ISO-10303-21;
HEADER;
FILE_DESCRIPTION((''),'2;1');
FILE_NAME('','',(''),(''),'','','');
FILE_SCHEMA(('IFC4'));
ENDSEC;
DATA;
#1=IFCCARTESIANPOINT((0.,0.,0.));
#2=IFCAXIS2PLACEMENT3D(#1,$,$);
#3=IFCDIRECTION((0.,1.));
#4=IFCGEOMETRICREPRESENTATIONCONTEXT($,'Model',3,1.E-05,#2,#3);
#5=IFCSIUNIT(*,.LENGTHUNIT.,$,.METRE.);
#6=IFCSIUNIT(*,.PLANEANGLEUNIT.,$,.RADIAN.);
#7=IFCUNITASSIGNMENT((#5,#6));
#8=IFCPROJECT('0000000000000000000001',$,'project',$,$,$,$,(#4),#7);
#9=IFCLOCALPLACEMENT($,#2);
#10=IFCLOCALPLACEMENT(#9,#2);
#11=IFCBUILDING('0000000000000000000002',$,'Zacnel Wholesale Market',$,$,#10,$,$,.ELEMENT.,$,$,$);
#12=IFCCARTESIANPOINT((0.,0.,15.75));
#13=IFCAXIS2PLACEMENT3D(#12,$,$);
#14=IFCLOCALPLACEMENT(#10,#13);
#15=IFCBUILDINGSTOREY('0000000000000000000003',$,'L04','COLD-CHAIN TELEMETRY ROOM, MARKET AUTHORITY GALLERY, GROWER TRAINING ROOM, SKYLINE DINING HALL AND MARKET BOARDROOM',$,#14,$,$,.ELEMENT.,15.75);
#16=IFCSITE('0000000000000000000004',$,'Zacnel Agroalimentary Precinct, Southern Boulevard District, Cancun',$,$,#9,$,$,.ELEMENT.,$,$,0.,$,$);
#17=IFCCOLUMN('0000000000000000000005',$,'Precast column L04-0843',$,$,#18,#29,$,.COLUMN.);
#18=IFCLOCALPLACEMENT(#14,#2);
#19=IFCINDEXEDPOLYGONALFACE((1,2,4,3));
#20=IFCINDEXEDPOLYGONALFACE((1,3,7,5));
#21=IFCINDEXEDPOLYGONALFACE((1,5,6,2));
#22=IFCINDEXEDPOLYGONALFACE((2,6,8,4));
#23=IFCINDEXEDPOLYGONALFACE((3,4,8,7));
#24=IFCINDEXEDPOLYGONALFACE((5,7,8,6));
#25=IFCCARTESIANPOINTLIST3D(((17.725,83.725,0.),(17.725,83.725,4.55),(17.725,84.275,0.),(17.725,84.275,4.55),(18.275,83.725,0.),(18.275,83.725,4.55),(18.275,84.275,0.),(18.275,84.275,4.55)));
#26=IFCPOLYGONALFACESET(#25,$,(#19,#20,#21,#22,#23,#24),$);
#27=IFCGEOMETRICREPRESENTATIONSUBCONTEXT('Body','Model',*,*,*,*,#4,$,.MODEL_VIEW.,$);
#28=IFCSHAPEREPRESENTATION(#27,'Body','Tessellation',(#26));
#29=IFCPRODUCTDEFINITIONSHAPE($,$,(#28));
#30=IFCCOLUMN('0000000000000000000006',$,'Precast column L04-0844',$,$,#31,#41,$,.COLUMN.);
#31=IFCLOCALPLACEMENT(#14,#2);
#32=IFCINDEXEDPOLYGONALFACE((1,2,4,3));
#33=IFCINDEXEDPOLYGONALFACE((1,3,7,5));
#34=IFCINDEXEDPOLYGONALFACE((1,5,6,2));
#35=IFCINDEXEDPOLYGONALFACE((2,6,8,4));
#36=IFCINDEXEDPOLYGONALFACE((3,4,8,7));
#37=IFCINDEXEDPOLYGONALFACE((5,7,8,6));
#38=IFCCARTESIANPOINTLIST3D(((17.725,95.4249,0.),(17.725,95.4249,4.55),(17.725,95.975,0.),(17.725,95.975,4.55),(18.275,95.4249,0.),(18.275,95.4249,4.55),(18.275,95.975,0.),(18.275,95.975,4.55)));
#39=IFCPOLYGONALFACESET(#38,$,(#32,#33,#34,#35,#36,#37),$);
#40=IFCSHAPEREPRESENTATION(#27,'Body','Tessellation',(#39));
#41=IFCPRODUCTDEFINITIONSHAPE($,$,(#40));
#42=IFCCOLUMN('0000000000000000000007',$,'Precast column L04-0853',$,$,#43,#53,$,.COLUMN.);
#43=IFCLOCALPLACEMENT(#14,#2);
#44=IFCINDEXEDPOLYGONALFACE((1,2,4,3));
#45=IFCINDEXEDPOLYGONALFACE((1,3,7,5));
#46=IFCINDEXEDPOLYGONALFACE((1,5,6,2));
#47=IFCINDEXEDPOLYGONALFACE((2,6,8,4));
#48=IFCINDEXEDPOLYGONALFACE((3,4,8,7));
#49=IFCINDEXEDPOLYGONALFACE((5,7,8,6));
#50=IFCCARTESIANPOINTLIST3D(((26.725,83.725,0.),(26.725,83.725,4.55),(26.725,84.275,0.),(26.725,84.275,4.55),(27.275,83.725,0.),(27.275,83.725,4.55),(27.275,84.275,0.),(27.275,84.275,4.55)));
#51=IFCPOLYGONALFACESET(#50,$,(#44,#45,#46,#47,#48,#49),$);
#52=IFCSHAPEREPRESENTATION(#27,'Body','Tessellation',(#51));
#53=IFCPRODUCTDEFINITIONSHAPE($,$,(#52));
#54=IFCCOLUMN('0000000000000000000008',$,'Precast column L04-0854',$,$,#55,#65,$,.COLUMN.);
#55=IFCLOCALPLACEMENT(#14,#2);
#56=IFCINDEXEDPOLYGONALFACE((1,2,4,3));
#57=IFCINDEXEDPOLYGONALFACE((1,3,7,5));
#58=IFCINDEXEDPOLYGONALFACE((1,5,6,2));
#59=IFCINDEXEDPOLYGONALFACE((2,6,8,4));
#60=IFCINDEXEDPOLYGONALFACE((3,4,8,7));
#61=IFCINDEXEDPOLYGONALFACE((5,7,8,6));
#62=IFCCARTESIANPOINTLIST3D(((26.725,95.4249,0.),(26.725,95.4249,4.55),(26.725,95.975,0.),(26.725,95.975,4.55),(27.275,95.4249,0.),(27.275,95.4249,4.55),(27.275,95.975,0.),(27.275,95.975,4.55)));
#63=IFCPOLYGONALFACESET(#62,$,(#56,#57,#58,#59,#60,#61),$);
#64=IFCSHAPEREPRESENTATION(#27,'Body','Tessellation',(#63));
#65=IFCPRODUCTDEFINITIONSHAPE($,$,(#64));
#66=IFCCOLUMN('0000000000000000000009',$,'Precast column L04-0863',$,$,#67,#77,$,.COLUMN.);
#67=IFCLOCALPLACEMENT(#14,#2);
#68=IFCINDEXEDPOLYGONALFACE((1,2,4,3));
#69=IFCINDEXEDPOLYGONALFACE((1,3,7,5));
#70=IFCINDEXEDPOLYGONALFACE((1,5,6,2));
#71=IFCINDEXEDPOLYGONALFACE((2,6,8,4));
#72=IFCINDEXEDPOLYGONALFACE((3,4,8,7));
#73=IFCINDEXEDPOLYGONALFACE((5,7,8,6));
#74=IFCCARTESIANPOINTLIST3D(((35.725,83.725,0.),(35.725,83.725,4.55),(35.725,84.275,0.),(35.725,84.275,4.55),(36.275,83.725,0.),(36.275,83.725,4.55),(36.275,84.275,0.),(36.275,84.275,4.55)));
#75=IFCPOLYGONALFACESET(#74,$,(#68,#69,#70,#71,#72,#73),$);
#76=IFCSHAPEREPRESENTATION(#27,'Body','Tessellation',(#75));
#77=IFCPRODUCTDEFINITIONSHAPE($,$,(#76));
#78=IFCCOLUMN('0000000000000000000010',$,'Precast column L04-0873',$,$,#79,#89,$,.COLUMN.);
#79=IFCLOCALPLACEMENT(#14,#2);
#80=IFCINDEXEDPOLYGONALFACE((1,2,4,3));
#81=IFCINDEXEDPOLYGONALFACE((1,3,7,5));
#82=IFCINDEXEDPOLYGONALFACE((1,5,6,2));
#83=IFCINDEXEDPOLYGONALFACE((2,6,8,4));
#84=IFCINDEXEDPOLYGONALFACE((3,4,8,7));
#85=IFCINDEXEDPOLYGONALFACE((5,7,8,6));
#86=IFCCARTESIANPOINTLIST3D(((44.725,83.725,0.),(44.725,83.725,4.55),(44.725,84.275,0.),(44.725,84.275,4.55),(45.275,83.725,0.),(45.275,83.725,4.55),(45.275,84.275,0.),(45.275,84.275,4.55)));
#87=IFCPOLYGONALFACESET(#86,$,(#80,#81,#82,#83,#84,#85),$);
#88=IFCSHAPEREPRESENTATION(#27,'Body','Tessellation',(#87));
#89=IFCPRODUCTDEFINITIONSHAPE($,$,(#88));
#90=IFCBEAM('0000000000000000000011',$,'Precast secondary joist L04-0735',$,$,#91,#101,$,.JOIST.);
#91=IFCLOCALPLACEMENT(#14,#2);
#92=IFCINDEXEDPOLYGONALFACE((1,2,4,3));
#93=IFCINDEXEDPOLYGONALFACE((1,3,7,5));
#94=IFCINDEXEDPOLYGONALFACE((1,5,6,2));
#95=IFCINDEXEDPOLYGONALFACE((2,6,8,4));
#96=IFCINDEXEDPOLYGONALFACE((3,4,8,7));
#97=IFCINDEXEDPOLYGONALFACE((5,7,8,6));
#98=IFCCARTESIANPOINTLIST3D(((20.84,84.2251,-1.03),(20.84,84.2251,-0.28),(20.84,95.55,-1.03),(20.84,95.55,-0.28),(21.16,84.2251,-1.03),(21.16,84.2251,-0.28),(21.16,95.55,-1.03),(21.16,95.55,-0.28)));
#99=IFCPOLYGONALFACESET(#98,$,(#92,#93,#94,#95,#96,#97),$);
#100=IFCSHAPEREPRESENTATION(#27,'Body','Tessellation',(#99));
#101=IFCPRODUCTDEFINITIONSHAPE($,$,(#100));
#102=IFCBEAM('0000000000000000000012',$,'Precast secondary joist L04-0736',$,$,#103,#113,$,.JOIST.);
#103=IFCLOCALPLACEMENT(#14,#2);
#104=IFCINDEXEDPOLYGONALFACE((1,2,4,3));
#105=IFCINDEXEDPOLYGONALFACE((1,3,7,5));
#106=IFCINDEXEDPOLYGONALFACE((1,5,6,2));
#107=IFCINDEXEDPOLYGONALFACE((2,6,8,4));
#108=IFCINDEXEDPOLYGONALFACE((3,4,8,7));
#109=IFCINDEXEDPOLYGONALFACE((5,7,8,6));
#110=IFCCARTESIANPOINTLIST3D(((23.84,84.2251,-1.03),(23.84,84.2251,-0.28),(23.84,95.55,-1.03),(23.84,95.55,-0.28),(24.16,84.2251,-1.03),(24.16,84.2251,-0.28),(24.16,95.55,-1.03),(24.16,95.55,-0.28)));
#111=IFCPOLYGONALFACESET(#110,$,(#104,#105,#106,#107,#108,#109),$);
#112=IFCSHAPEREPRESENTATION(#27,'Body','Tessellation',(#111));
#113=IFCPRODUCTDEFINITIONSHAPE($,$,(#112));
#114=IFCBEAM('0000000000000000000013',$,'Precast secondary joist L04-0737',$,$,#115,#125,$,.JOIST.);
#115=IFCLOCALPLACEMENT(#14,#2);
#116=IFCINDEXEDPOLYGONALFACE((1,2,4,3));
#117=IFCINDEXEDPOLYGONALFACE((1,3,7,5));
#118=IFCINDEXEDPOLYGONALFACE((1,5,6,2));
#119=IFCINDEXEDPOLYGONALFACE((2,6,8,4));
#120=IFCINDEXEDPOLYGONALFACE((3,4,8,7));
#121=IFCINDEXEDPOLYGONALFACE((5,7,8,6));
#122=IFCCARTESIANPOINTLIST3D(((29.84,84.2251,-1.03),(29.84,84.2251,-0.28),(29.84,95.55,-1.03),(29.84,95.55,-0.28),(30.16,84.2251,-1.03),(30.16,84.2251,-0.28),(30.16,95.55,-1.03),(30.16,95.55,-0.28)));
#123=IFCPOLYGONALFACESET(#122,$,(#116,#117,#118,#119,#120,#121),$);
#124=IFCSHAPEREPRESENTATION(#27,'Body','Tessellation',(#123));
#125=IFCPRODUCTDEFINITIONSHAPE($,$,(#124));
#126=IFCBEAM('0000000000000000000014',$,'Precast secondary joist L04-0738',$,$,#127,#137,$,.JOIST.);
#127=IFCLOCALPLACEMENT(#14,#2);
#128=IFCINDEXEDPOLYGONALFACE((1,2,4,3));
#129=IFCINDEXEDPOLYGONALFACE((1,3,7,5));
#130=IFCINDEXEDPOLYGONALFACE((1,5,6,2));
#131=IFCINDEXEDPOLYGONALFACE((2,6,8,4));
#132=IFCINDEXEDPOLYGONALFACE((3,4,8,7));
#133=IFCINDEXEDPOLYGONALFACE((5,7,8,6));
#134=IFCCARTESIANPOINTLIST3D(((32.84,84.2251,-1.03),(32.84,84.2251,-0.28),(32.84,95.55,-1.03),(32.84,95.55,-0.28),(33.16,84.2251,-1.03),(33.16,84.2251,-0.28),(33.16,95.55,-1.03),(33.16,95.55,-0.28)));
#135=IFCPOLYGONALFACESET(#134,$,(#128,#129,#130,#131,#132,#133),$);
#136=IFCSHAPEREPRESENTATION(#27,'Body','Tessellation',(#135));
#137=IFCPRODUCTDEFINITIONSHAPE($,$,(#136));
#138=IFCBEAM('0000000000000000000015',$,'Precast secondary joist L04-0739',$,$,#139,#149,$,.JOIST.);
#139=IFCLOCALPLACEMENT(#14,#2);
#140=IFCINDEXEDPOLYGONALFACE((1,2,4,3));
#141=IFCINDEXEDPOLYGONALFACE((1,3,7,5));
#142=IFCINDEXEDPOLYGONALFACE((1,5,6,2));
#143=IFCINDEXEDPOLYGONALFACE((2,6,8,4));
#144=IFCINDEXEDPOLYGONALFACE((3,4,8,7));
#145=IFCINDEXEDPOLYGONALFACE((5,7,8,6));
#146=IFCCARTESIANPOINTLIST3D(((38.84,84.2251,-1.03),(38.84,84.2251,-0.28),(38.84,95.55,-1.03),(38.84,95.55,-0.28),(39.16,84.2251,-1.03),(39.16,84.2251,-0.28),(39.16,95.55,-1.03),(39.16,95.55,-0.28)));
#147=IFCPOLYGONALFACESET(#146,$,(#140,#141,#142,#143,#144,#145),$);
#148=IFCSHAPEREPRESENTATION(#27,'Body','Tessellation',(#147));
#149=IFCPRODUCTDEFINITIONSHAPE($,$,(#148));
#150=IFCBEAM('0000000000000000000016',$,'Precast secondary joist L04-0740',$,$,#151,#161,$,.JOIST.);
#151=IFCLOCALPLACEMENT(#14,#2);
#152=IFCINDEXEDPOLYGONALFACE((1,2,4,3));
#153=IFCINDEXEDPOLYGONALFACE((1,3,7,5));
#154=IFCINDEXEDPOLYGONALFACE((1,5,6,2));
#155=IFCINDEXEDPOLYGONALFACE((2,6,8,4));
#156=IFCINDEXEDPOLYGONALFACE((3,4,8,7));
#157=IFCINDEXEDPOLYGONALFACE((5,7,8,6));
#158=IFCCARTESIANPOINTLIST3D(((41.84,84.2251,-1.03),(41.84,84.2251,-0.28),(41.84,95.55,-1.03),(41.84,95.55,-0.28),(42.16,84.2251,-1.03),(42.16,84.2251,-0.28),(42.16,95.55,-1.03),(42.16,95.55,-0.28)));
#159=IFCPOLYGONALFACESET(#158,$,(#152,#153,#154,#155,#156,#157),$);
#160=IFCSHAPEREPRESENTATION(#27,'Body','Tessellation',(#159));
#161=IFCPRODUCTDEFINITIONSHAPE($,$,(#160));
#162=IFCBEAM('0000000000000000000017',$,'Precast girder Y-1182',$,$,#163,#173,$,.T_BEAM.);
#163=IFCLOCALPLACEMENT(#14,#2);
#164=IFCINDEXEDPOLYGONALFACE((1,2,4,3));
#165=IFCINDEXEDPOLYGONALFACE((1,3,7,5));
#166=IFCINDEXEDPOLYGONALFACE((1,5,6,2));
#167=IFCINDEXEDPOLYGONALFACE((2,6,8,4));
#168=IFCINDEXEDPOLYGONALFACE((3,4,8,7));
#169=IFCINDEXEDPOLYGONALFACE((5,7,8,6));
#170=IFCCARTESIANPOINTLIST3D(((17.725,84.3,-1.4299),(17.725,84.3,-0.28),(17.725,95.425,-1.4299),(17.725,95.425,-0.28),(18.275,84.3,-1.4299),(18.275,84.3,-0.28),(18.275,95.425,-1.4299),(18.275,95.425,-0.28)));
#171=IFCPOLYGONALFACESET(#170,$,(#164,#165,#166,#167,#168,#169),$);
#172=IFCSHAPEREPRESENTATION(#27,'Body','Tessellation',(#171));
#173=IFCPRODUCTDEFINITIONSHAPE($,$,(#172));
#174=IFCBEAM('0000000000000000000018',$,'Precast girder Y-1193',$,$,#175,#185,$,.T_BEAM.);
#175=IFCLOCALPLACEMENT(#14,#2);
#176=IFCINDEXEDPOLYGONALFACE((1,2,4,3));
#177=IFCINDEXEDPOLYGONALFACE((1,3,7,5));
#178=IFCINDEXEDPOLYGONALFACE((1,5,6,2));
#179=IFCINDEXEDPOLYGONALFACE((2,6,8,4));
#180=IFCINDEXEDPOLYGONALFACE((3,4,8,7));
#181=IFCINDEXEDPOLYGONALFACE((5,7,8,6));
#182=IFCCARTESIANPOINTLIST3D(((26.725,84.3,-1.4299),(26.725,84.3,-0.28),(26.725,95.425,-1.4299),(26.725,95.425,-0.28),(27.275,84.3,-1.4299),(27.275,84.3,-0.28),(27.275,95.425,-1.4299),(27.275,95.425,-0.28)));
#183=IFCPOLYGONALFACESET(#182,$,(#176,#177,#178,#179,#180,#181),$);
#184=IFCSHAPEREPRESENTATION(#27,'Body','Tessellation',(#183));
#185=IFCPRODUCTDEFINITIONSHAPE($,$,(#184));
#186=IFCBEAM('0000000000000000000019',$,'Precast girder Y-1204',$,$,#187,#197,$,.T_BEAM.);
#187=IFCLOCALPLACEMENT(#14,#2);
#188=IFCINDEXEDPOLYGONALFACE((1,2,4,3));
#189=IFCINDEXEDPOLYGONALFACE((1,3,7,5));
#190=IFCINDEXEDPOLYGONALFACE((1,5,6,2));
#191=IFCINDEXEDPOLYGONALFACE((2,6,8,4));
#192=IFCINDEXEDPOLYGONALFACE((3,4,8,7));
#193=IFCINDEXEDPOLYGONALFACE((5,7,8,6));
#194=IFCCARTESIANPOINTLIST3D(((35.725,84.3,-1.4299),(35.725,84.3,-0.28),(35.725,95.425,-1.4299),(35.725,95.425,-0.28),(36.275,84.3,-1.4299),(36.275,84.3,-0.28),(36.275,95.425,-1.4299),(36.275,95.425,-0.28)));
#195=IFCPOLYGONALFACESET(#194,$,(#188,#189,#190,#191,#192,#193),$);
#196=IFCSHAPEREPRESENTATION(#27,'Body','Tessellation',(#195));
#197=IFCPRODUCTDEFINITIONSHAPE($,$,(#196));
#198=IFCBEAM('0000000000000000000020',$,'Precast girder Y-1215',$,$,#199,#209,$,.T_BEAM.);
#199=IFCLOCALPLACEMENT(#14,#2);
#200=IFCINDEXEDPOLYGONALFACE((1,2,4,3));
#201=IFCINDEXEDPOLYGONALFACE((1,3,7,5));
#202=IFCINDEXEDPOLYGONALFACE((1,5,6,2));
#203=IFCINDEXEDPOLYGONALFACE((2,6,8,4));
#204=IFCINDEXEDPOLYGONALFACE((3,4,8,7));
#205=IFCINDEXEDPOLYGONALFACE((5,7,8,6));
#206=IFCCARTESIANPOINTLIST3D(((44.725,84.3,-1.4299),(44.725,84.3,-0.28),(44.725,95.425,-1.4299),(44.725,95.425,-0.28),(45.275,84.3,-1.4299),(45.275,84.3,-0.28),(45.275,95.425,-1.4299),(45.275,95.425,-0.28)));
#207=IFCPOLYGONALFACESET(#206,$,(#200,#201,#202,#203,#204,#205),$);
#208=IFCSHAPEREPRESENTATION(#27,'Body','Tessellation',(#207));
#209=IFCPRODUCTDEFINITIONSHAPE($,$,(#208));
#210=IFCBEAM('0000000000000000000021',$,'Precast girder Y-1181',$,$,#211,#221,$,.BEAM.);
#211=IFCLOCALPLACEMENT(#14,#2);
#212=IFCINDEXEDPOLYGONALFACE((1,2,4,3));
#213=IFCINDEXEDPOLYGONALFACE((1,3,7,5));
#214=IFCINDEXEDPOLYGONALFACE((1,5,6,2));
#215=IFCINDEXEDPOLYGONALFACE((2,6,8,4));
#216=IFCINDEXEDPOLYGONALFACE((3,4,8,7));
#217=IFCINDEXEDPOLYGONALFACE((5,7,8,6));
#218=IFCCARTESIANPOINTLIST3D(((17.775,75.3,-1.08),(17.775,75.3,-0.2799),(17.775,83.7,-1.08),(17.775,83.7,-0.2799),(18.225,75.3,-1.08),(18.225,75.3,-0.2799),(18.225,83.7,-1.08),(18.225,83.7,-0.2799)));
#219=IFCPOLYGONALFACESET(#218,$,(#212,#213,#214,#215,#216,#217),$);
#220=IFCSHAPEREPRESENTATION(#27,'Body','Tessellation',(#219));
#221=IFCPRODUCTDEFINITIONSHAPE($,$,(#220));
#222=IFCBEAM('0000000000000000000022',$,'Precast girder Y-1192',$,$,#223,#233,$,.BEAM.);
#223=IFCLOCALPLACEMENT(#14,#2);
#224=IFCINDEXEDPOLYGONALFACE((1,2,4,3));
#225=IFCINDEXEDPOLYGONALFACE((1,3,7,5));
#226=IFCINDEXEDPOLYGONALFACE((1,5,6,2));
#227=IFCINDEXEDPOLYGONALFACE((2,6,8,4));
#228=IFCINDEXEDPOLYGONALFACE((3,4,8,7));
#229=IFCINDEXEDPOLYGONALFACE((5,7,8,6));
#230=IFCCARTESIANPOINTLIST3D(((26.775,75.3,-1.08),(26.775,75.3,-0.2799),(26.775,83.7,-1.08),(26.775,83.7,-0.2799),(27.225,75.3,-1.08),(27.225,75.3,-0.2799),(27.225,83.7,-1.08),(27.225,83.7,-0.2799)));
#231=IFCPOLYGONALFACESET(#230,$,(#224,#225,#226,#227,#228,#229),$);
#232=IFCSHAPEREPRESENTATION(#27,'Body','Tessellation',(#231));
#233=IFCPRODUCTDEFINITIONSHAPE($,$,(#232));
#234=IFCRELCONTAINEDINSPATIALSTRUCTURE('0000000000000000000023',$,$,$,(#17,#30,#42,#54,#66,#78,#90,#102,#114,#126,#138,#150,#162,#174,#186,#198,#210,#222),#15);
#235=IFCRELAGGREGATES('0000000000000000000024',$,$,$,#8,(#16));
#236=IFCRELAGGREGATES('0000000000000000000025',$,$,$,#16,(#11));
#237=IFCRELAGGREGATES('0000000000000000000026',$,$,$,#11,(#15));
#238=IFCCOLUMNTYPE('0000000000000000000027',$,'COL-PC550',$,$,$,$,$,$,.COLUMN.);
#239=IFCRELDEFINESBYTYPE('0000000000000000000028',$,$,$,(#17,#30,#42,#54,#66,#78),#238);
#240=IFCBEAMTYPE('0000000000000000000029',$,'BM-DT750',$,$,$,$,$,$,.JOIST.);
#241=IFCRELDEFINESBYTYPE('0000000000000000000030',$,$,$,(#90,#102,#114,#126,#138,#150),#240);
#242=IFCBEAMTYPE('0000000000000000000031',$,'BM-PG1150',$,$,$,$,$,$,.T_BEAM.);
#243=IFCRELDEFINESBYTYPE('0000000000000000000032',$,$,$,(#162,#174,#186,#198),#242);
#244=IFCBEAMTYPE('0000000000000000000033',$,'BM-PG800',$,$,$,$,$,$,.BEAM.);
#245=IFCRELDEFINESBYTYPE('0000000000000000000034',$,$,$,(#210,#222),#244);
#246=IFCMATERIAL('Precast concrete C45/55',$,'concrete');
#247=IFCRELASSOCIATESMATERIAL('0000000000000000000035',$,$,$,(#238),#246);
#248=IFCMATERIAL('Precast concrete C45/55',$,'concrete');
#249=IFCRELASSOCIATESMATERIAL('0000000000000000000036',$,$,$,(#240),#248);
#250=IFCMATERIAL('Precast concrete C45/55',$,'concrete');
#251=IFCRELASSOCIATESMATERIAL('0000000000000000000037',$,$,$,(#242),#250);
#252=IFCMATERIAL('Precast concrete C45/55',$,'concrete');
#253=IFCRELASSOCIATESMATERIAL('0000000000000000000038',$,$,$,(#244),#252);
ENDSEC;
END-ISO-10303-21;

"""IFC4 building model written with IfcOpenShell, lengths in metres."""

from ifc_helpers import new_model, si_unit, direction, frame, origin, origin_2d, place, context, subcontext, project, spatial, rectangle, extrude, material, material_profile, profile_set, type_object, element, save


model = new_model("IFC4")

# Units and contexts
model_context = context("Model", 3, precision=1e-05, world=origin(), true_north=direction((0.0, 1.0)))
body_context = subcontext(model_context, "Body", "Model", "MODEL_VIEW")
ifc_project = project(units=[si_unit("LENGTHUNIT", "METRE"), si_unit("PLANEANGLEUNIT", "RADIAN")], contexts=[model_context])

# Site, building, storey
site_placement = place(None, origin())
site = spatial("IfcSite", under=ifc_project, at=site_placement, Name="Zacnel Agroalimentary Precinct, Southern Boulevard District, Cancun", CompositionType="ELEMENT", RefElevation=0.0)
building_placement = place(site_placement, origin())
building = spatial("IfcBuilding", under=site, at=building_placement, Name="Zacnel Wholesale Market", CompositionType="ELEMENT")
storey_placement = place(building_placement, frame((0.0, 0.0, 15.75)))
storey = spatial("IfcBuildingStorey", under=building, at=storey_placement, Name="L04", Description="COLD-CHAIN TELEMETRY ROOM, MARKET AUTHORITY GALLERY, GROWER TRAINING ROOM, SKYLINE DINING HALL AND MARKET BOARDROOM", CompositionType="ELEMENT", Elevation=15.75)

# Columns
ifc_material_1 = material(Name="Precast concrete C45/55", Category="concrete")
ifc_material_profile_1 = material_profile(ifc_material_1, rectangle(XDim=0.55, YDim=0.55, at=origin_2d()), Name="PC 550x550")
ifc_profile_set_1 = profile_set([ifc_material_profile_1], Name="Precast concrete C45/55")
column_type = type_object("IfcColumnType", Name="COL-PC550", PredefinedType="COLUMN", material=ifc_profile_set_1)
for number, where, z_axis, x_axis, name in (
    (1, (18.0, 84.0, 0.0), (0.0, 0.0, 1.0), (1.0, 0.0, 0.0), "Precast column L04-0843"),
    (2, (18.0, 95.7, 0.0), (0.0, 0.0, 1.0), (1.0, 0.0, 0.0), "Precast column L04-0844"),
    (3, (27.0, 84.0, 0.0), (0.0, 0.0, 1.0), (1.0, 0.0, 0.0), "Precast column L04-0853"),
    (4, (27.0, 95.7, 0.0), (0.0, 0.0, 1.0), (1.0, 0.0, 0.0), "Precast column L04-0854"),
    (5, (36.0, 84.0, 0.0), (0.0, 0.0, 1.0), (1.0, 0.0, 0.0), "Precast column L04-0863"),
    (6, (45.0, 84.0, 0.0), (0.0, 0.0, 1.0), (1.0, 0.0, 0.0), "Precast column L04-0873"),
):
    element("IfcColumn", number, at=place(storey_placement, frame(where, z_axis=z_axis, x_axis=x_axis)), inside=storey, type_object=column_type, Name=name, PredefinedType="COLUMN", context=body_context, shape_type="SweptSolid", body=[
        extrude(rectangle(XDim=0.55, YDim=0.55, at=origin_2d()), origin(), (0.0, 0.0, 1.0), 4.55),
    ])

# Beams
ifc_material_2 = material(Name="Precast concrete C45/55", Category="concrete")
ifc_material_profile_2 = material_profile(ifc_material_2, rectangle(XDim=0.3201, YDim=0.75, at=origin_2d()), Name="DT RIB 320x750")
ifc_profile_set_2 = profile_set([ifc_material_profile_2], Name="Precast concrete C45/55")
beam_type_1 = type_object("IfcBeamType", Name="BM-DT750", PredefinedType="JOIST", material=ifc_profile_set_2)
for number, where, z_axis, x_axis, name in (
    (7, (21.0, 84.2251, -0.655), (0.0, 1.0, 0.0), (-1.0, 0.0, 0.0), "Precast secondary joist L04-0735"),
    (8, (24.0, 84.2251, -0.655), (0.0, 1.0, 0.0), (-1.0, 0.0, 0.0), "Precast secondary joist L04-0736"),
    (9, (30.0, 84.2251, -0.655), (0.0, 1.0, 0.0), (-1.0, 0.0, 0.0), "Precast secondary joist L04-0737"),
    (10, (33.0, 84.2251, -0.655), (0.0, 1.0, 0.0), (-1.0, 0.0, 0.0), "Precast secondary joist L04-0738"),
    (11, (39.0, 84.2251, -0.655), (0.0, 1.0, 0.0), (-1.0, 0.0, 0.0), "Precast secondary joist L04-0739"),
    (12, (42.0, 84.2251, -0.655), (0.0, 1.0, 0.0), (-1.0, 0.0, 0.0), "Precast secondary joist L04-0740"),
):
    element("IfcBeam", number, at=place(storey_placement, frame(where, z_axis=z_axis, x_axis=x_axis)), inside=storey, type_object=beam_type_1, Name=name, PredefinedType="JOIST", context=body_context, shape_type="SweptSolid", body=[
        extrude(rectangle(XDim=0.3201, YDim=0.75, at=origin_2d()), origin(), (0.0, 0.0, 1.0), 11.325),
    ])
ifc_material_3 = material(Name="Precast concrete C45/55", Category="concrete")
ifc_material_profile_3 = material_profile(ifc_material_3, rectangle(XDim=0.55, YDim=1.1499, at=origin_2d()), Name="PG 550x1150")
ifc_profile_set_3 = profile_set([ifc_material_profile_3], Name="Precast concrete C45/55")
beam_type_2 = type_object("IfcBeamType", Name="BM-PG1150", PredefinedType="T_BEAM", material=ifc_profile_set_3)
for number, where, z_axis, x_axis, name in (
    (13, (18.0, 84.3, -0.855), (0.0, 1.0, 0.0), (-1.0, 0.0, 0.0), "Precast girder Y-1182"),
    (14, (27.0, 84.3, -0.855), (0.0, 1.0, 0.0), (-1.0, 0.0, 0.0), "Precast girder Y-1193"),
    (15, (36.0, 84.3, -0.855), (0.0, 1.0, 0.0), (-1.0, 0.0, 0.0), "Precast girder Y-1204"),
    (16, (45.0, 84.3, -0.855), (0.0, 1.0, 0.0), (-1.0, 0.0, 0.0), "Precast girder Y-1215"),
):
    element("IfcBeam", number, at=place(storey_placement, frame(where, z_axis=z_axis, x_axis=x_axis)), inside=storey, type_object=beam_type_2, Name=name, PredefinedType="T_BEAM", context=body_context, shape_type="SweptSolid", body=[
        extrude(rectangle(XDim=0.55, YDim=1.1499, at=origin_2d()), origin(), (0.0, 0.0, 1.0), 11.125),
    ])
ifc_material_4 = material(Name="Precast concrete C45/55", Category="concrete")
ifc_material_profile_4 = material_profile(ifc_material_4, rectangle(XDim=0.45, YDim=0.8, at=origin_2d()), Name="PG 450x800")
ifc_profile_set_4 = profile_set([ifc_material_profile_4], Name="Precast concrete C45/55")
beam_type_3 = type_object("IfcBeamType", Name="BM-PG800", PredefinedType="BEAM", material=ifc_profile_set_4)
for number, where, z_axis, x_axis, name in (
    (17, (18.0, 75.3, -0.6799), (0.0, 1.0, 0.0), (-1.0, 0.0, 0.0), "Precast girder Y-1181"),
    (18, (27.0, 75.3, -0.6799), (0.0, 1.0, 0.0), (-1.0, 0.0, 0.0), "Precast girder Y-1192"),
):
    element("IfcBeam", number, at=place(storey_placement, frame(where, z_axis=z_axis, x_axis=x_axis)), inside=storey, type_object=beam_type_3, Name=name, PredefinedType="BEAM", context=body_context, shape_type="SweptSolid", body=[
        extrude(rectangle(XDim=0.45, YDim=0.8, at=origin_2d()), origin(), (0.0, 0.0, 1.0), 8.3999),
    ])

save(model, "model.ifc")
